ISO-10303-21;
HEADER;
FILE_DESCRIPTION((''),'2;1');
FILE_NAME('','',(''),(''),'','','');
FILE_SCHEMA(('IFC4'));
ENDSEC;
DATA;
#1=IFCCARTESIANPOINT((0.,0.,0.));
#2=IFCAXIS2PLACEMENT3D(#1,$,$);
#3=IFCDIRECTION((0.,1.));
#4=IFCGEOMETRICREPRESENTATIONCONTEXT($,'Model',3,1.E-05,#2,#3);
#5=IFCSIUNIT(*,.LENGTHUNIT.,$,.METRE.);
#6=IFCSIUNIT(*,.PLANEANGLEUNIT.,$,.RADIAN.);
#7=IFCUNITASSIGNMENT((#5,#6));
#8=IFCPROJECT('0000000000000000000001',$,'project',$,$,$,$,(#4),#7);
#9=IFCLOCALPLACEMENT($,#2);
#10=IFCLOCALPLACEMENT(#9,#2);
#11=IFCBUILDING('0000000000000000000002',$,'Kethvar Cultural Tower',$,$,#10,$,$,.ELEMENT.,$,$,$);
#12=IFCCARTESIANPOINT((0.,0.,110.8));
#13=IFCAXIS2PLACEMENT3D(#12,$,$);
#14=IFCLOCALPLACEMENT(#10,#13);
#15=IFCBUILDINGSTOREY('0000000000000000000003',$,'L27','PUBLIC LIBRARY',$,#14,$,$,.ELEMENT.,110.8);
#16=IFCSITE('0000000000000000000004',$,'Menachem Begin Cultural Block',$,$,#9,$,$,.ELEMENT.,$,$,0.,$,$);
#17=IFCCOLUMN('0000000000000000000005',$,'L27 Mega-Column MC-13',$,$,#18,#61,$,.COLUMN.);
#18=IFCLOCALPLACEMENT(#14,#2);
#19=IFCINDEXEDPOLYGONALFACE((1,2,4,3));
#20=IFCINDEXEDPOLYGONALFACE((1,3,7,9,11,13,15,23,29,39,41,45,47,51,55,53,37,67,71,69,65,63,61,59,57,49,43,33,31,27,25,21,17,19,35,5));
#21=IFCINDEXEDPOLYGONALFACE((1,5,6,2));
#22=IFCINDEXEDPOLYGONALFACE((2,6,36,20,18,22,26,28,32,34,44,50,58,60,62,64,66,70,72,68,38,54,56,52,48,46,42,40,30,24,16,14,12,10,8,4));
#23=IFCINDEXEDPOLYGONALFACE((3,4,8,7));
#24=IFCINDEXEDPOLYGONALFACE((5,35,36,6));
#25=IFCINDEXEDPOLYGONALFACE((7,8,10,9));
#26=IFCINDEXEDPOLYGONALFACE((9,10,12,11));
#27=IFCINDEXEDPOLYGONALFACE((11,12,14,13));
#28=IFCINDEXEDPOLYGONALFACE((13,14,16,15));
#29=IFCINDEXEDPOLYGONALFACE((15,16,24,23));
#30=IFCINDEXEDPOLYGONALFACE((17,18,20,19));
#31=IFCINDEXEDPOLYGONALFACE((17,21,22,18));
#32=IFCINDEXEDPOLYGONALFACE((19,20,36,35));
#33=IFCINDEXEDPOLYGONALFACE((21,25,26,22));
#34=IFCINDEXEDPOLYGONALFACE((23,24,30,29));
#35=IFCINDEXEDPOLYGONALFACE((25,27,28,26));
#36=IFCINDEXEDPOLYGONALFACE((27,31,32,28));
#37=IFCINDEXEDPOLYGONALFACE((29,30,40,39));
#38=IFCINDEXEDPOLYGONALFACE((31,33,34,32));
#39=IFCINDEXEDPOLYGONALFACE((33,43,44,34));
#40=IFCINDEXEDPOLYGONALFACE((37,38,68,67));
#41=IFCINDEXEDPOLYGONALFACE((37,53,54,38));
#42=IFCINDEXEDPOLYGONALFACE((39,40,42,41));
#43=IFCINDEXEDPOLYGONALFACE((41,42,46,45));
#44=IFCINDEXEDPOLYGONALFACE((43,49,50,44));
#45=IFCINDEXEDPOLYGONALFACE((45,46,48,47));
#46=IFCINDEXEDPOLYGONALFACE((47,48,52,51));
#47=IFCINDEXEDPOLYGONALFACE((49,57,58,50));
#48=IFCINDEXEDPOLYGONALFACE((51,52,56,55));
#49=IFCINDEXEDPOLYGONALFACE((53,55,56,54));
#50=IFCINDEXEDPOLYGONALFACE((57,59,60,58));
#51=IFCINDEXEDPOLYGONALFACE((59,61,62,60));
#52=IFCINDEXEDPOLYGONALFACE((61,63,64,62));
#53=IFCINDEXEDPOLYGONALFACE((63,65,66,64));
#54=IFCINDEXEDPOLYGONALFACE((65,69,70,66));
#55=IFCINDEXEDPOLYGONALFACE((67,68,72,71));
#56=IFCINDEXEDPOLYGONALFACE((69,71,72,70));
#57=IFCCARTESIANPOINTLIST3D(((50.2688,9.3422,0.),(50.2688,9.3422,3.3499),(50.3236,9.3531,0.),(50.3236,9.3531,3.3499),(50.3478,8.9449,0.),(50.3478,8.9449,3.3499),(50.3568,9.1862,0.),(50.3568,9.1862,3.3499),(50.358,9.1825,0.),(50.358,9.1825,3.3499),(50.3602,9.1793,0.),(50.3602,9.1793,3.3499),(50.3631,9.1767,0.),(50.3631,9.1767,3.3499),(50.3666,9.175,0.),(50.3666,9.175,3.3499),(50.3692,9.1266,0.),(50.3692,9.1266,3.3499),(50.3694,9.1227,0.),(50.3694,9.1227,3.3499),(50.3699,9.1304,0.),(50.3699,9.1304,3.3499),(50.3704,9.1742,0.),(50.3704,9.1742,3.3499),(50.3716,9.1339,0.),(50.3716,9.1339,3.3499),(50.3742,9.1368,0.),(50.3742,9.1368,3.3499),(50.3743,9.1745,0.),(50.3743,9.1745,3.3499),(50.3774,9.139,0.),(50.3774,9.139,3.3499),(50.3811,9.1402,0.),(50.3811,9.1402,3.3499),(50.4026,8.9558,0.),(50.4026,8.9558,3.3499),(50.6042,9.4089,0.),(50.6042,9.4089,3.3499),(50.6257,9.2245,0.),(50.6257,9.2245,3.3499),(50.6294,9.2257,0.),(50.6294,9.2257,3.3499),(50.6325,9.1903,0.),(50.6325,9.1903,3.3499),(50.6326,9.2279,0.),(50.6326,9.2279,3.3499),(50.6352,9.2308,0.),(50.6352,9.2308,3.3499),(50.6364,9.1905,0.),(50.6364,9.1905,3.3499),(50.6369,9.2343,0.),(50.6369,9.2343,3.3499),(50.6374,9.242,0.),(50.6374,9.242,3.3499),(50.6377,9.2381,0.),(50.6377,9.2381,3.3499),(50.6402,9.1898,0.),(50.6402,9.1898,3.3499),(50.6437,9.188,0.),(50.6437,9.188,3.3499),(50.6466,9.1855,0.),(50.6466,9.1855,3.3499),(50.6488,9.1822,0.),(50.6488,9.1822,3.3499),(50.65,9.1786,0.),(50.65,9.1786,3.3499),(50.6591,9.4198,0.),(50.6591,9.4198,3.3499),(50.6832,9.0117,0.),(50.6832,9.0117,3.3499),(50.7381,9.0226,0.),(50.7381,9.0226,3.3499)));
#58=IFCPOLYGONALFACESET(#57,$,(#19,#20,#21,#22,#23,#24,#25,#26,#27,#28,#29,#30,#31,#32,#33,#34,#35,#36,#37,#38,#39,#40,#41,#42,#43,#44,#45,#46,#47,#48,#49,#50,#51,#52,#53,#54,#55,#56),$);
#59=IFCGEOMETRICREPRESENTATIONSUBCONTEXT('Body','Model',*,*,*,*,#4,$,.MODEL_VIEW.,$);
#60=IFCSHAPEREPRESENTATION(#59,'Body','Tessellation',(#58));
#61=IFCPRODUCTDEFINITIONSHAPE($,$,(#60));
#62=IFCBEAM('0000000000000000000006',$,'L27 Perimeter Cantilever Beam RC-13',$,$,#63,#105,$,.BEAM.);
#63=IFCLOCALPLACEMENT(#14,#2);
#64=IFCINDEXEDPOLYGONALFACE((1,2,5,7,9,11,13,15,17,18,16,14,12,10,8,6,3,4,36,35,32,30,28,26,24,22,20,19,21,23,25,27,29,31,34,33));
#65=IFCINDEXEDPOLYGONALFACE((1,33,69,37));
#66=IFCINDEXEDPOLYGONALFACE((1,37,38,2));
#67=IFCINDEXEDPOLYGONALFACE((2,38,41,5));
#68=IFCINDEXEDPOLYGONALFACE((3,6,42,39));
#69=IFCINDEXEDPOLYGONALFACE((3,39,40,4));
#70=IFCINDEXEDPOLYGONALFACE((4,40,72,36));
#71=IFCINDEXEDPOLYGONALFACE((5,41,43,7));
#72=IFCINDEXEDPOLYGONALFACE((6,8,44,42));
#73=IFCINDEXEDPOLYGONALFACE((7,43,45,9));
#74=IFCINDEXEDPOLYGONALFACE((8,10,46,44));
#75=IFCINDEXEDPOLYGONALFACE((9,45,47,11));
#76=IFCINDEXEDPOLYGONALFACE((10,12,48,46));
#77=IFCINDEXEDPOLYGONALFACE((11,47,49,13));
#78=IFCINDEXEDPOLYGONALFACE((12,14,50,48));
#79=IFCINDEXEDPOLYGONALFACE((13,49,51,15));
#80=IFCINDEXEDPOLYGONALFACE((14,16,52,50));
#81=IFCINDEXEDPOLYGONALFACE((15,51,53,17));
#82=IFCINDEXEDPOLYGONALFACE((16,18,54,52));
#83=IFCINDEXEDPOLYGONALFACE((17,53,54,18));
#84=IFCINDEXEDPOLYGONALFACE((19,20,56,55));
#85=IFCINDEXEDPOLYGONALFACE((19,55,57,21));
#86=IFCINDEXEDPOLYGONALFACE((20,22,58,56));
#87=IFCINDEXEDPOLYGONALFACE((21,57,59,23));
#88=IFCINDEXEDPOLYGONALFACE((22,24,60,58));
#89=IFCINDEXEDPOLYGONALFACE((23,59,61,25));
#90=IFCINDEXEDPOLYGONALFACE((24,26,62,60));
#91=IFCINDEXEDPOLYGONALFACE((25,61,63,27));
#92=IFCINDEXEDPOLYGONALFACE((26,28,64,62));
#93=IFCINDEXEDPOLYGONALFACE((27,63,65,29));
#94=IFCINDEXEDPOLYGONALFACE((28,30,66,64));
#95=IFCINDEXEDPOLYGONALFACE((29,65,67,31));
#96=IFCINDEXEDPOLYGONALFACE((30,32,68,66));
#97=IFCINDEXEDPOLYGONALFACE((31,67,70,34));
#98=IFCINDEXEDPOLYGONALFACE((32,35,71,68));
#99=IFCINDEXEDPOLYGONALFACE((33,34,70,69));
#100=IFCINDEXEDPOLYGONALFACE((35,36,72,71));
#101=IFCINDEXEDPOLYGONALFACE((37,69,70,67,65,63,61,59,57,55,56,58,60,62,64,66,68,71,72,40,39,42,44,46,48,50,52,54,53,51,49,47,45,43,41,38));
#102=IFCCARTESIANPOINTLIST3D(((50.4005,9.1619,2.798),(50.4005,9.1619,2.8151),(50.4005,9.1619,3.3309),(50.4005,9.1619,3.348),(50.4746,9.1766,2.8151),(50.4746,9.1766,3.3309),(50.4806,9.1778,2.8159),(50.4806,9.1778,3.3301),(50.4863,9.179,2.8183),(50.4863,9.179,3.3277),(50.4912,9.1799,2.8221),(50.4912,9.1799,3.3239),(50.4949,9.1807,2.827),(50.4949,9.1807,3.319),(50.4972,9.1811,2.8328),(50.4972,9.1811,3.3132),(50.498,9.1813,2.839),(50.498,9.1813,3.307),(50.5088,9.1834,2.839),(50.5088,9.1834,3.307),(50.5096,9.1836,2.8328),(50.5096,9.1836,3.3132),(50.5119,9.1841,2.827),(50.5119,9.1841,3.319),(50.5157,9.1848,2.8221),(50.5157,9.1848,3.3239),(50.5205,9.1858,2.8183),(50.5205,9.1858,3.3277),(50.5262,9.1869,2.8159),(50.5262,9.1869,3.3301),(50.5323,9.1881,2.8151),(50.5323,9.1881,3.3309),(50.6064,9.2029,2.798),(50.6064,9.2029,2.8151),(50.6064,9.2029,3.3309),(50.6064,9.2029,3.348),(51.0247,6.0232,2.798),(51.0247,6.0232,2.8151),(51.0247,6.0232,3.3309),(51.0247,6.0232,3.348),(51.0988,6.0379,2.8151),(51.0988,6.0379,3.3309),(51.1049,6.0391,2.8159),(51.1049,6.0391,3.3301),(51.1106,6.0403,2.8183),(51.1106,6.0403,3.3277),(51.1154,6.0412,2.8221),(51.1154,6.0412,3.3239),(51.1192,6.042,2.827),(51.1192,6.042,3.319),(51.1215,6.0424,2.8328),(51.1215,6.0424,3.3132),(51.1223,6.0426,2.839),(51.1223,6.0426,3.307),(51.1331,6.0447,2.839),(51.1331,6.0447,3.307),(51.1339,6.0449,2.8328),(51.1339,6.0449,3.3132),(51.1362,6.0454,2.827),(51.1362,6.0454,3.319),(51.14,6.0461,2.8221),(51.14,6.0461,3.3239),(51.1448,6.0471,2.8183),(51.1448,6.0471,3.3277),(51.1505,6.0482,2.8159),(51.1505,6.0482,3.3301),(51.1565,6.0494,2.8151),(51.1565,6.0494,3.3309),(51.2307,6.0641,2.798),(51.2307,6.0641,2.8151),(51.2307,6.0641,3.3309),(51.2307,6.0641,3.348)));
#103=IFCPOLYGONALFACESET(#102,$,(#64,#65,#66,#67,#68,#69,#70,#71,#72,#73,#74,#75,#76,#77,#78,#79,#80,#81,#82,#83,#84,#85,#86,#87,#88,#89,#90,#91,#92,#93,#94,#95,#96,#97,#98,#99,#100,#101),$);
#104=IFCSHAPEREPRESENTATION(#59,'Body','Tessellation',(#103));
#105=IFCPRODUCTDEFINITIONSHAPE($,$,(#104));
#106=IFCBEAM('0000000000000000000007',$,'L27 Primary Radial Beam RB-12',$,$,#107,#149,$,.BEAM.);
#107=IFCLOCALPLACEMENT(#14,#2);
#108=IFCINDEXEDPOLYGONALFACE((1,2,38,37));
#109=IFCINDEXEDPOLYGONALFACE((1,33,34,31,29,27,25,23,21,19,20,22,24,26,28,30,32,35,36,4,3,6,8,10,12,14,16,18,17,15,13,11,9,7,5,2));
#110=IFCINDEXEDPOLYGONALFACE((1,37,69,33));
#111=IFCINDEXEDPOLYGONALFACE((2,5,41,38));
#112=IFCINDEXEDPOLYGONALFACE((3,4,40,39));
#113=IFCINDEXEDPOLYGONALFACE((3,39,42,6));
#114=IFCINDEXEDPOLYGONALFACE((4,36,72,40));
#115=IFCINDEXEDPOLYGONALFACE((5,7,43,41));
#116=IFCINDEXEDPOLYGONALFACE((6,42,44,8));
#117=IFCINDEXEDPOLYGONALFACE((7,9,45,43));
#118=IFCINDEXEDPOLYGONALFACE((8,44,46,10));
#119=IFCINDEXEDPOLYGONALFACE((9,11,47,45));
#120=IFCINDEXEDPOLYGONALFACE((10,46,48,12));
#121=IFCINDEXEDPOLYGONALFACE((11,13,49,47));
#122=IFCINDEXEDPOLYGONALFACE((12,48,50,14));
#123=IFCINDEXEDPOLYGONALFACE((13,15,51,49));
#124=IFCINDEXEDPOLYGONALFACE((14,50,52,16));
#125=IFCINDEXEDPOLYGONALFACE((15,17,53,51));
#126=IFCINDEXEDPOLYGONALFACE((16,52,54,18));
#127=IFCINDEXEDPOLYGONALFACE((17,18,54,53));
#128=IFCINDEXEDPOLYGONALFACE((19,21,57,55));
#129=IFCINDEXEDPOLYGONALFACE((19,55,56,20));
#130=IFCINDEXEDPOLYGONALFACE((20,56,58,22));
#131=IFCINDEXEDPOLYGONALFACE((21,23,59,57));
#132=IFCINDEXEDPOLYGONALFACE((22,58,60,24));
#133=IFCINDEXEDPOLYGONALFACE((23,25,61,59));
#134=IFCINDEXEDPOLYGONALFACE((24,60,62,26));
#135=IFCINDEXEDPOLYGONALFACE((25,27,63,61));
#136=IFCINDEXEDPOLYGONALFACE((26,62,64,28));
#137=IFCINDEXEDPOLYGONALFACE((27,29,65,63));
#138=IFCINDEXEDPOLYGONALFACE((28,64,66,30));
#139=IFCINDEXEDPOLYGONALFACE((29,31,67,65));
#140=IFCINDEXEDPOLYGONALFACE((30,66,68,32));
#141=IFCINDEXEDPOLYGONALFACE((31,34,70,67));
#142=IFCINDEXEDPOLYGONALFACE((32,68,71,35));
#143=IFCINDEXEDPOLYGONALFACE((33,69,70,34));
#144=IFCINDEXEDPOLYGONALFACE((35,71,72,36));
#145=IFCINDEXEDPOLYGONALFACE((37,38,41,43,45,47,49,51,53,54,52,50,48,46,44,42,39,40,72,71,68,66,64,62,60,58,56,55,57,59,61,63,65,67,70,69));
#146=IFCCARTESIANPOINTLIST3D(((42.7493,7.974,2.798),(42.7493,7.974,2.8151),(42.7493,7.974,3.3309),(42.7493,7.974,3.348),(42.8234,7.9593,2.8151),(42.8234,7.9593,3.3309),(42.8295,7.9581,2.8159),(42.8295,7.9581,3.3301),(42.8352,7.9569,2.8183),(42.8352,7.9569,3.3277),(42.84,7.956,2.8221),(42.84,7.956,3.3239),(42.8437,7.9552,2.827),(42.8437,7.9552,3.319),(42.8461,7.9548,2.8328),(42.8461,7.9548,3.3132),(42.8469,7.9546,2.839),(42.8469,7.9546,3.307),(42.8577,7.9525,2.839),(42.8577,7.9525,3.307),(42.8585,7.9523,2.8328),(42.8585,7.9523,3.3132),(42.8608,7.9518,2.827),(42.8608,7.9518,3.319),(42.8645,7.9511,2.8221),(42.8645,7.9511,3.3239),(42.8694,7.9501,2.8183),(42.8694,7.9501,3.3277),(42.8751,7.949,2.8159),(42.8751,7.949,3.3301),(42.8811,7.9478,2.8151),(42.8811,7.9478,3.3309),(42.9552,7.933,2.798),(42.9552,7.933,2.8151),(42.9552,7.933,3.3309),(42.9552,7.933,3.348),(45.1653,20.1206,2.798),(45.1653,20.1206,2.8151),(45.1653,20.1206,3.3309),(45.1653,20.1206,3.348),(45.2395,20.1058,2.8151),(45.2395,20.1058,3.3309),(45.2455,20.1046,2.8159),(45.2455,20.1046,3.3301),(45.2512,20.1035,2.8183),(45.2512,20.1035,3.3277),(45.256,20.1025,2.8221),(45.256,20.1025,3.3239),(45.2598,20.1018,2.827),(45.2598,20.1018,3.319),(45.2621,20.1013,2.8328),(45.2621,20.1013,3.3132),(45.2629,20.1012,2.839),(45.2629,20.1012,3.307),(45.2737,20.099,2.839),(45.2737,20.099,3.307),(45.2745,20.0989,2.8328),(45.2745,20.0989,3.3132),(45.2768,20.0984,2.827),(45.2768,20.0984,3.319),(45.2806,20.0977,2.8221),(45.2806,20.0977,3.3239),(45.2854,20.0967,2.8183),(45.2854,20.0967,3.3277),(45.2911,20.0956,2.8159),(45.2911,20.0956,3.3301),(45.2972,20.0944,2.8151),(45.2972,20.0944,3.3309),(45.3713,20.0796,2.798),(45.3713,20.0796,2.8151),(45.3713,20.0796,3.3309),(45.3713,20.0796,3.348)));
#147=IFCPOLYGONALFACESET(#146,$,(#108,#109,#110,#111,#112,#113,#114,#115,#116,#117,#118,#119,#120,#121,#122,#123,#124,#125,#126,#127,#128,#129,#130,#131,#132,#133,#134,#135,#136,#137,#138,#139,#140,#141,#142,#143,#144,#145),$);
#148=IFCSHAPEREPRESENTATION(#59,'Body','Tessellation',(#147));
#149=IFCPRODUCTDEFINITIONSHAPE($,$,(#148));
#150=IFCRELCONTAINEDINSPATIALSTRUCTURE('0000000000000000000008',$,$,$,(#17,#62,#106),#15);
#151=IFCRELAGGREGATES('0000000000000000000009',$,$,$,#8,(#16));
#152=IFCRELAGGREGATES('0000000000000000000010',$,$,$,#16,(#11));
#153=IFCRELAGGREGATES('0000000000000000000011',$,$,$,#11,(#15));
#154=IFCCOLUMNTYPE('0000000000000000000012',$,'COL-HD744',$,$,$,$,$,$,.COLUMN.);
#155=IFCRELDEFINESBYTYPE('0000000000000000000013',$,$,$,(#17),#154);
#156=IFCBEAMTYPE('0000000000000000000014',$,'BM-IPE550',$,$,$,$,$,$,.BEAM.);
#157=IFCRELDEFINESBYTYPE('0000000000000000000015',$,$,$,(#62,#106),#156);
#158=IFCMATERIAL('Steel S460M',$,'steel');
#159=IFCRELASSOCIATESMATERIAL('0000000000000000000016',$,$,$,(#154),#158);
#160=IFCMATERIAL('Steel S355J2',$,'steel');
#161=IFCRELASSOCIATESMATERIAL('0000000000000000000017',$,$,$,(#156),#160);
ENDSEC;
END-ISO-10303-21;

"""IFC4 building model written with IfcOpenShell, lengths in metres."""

from ifc_helpers import new_model, si_unit, direction, frame, origin, origin_2d, place, context, subcontext, project, spatial, i_section, extrude, source, transform, mapped, material, material_profile, profile_set, type_object, element, save


model = new_model("IFC4")

# Units and contexts
model_context = context("Model", 3, precision=1e-05, world=origin(), true_north=direction((0.0, 1.0)))
body_context = subcontext(model_context, "Body", "Model", "MODEL_VIEW")
ifc_project = project(units=[si_unit("LENGTHUNIT", "METRE"), si_unit("PLANEANGLEUNIT", "RADIAN")], contexts=[model_context])

# Site, building, storey
site_placement = place(None, origin())
site = spatial("IfcSite", under=ifc_project, at=site_placement, Name="Menachem Begin Cultural Block", CompositionType="ELEMENT", RefElevation=0.0)
building_placement = place(site_placement, origin())
building = spatial("IfcBuilding", under=site, at=building_placement, Name="Kethvar Cultural Tower", CompositionType="ELEMENT")
storey_placement = place(building_placement, frame((0.0, 0.0, 110.8)))
storey = spatial("IfcBuildingStorey", under=building, at=storey_placement, Name="L27", Description="PUBLIC LIBRARY", CompositionType="ELEMENT", Elevation=110.8)

# Column
ifc_material_1 = material(Name="Steel S460M", Category="steel")
ifc_material_profile_1 = material_profile(ifc_material_1, i_section(OverallWidth=0.405, OverallDepth=0.3979, WebThickness=0.0349, FlangeThickness=0.0559, FilletRadius=0.0149, at=origin_2d()), Name="Steel S460M — HD400x744")
ifc_profile_set_1 = profile_set([ifc_material_profile_1], Name="Steel S460M — HD400x744")
column_type = type_object("IfcColumnType", Name="COL-HD744", PredefinedType="COLUMN", material=ifc_profile_set_1)
shared_shape_1 = source(origin(), body_context, "Body", "SweptSolid", [
    extrude(i_section(OverallWidth=0.405, OverallDepth=0.3979, WebThickness=0.0349, FlangeThickness=0.0559, FilletRadius=0.0149, at=origin_2d()), origin(), (0.0, 0.0, 1.0), 3.3499),
])
column_placement = place(storey_placement, frame((50.5034, 9.1824, 0.0), z_axis=(0.0, 0.0, 1.0), x_axis=(0.19509, -0.980785, 0.0)))
element("IfcColumn", 1, at=column_placement, inside=storey, type_object=column_type, Name="L27 Mega-Column MC-13", PredefinedType="COLUMN", context=body_context, shape_type="MappedRepresentation", body=[
    mapped(shared_shape_1, transform((0.0, 0.0, 0.0), scale=1.0)),
])

# Beams
ifc_material_2 = material(Name="Steel S355J2", Category="steel")
ifc_material_profile_2 = material_profile(ifc_material_2, i_section(OverallWidth=0.21, OverallDepth=0.55, WebThickness=0.011, FlangeThickness=0.0171, FilletRadius=0.0239, at=origin_2d()), Name="Steel S355J2 — IPE550")
ifc_profile_set_2 = profile_set([ifc_material_profile_2], Name="Steel S355J2 — IPE550")
beam_type_1 = type_object("IfcBeamType", Name="BM-IPE550", PredefinedType="BEAM", material=ifc_profile_set_2)
shared_shape_2 = source(origin(), body_context, "Body", "SweptSolid", [
    extrude(i_section(OverallWidth=0.21, OverallDepth=0.55, WebThickness=0.011, FlangeThickness=0.0171, FilletRadius=0.0239, at=origin_2d()), origin(), (0.0, 0.0, 1.0), 3.2002),
])
beam_1_placement = place(storey_placement, frame((50.5034, 9.1824, 3.073), z_axis=(0.195074, -0.980788, 0.0), x_axis=(0.980788, 0.195074, 0.0)))
element("IfcBeam", 2, at=beam_1_placement, inside=storey, type_object=beam_type_1, Name="L27 Perimeter Cantilever Beam RC-13", PredefinedType="BEAM", context=body_context, shape_type="MappedRepresentation", body=[
    mapped(shared_shape_2, transform((0.0, 0.0, 0.0), scale=1.0)),
])
shared_shape_3 = source(origin(), body_context, "Body", "SweptSolid", [
    extrude(i_section(OverallWidth=0.21, OverallDepth=0.55, WebThickness=0.011, FlangeThickness=0.0171, FilletRadius=0.0239, at=origin_2d()), origin(), (0.0, 0.0, 1.0), 12.3845),
])
beam_2_placement = place(storey_placement, frame((45.2683, 20.1001, 3.073), z_axis=(-0.195085, -0.980786, 0.0), x_axis=(0.980786, -0.195085, 0.0)))
element("IfcBeam", 3, at=beam_2_placement, inside=storey, type_object=beam_type_1, Name="L27 Primary Radial Beam RB-12", PredefinedType="BEAM", context=body_context, shape_type="MappedRepresentation", body=[
    mapped(shared_shape_3, transform((0.0, 0.0, 0.0), scale=1.0)),
])

save(model, "model.ifc")
